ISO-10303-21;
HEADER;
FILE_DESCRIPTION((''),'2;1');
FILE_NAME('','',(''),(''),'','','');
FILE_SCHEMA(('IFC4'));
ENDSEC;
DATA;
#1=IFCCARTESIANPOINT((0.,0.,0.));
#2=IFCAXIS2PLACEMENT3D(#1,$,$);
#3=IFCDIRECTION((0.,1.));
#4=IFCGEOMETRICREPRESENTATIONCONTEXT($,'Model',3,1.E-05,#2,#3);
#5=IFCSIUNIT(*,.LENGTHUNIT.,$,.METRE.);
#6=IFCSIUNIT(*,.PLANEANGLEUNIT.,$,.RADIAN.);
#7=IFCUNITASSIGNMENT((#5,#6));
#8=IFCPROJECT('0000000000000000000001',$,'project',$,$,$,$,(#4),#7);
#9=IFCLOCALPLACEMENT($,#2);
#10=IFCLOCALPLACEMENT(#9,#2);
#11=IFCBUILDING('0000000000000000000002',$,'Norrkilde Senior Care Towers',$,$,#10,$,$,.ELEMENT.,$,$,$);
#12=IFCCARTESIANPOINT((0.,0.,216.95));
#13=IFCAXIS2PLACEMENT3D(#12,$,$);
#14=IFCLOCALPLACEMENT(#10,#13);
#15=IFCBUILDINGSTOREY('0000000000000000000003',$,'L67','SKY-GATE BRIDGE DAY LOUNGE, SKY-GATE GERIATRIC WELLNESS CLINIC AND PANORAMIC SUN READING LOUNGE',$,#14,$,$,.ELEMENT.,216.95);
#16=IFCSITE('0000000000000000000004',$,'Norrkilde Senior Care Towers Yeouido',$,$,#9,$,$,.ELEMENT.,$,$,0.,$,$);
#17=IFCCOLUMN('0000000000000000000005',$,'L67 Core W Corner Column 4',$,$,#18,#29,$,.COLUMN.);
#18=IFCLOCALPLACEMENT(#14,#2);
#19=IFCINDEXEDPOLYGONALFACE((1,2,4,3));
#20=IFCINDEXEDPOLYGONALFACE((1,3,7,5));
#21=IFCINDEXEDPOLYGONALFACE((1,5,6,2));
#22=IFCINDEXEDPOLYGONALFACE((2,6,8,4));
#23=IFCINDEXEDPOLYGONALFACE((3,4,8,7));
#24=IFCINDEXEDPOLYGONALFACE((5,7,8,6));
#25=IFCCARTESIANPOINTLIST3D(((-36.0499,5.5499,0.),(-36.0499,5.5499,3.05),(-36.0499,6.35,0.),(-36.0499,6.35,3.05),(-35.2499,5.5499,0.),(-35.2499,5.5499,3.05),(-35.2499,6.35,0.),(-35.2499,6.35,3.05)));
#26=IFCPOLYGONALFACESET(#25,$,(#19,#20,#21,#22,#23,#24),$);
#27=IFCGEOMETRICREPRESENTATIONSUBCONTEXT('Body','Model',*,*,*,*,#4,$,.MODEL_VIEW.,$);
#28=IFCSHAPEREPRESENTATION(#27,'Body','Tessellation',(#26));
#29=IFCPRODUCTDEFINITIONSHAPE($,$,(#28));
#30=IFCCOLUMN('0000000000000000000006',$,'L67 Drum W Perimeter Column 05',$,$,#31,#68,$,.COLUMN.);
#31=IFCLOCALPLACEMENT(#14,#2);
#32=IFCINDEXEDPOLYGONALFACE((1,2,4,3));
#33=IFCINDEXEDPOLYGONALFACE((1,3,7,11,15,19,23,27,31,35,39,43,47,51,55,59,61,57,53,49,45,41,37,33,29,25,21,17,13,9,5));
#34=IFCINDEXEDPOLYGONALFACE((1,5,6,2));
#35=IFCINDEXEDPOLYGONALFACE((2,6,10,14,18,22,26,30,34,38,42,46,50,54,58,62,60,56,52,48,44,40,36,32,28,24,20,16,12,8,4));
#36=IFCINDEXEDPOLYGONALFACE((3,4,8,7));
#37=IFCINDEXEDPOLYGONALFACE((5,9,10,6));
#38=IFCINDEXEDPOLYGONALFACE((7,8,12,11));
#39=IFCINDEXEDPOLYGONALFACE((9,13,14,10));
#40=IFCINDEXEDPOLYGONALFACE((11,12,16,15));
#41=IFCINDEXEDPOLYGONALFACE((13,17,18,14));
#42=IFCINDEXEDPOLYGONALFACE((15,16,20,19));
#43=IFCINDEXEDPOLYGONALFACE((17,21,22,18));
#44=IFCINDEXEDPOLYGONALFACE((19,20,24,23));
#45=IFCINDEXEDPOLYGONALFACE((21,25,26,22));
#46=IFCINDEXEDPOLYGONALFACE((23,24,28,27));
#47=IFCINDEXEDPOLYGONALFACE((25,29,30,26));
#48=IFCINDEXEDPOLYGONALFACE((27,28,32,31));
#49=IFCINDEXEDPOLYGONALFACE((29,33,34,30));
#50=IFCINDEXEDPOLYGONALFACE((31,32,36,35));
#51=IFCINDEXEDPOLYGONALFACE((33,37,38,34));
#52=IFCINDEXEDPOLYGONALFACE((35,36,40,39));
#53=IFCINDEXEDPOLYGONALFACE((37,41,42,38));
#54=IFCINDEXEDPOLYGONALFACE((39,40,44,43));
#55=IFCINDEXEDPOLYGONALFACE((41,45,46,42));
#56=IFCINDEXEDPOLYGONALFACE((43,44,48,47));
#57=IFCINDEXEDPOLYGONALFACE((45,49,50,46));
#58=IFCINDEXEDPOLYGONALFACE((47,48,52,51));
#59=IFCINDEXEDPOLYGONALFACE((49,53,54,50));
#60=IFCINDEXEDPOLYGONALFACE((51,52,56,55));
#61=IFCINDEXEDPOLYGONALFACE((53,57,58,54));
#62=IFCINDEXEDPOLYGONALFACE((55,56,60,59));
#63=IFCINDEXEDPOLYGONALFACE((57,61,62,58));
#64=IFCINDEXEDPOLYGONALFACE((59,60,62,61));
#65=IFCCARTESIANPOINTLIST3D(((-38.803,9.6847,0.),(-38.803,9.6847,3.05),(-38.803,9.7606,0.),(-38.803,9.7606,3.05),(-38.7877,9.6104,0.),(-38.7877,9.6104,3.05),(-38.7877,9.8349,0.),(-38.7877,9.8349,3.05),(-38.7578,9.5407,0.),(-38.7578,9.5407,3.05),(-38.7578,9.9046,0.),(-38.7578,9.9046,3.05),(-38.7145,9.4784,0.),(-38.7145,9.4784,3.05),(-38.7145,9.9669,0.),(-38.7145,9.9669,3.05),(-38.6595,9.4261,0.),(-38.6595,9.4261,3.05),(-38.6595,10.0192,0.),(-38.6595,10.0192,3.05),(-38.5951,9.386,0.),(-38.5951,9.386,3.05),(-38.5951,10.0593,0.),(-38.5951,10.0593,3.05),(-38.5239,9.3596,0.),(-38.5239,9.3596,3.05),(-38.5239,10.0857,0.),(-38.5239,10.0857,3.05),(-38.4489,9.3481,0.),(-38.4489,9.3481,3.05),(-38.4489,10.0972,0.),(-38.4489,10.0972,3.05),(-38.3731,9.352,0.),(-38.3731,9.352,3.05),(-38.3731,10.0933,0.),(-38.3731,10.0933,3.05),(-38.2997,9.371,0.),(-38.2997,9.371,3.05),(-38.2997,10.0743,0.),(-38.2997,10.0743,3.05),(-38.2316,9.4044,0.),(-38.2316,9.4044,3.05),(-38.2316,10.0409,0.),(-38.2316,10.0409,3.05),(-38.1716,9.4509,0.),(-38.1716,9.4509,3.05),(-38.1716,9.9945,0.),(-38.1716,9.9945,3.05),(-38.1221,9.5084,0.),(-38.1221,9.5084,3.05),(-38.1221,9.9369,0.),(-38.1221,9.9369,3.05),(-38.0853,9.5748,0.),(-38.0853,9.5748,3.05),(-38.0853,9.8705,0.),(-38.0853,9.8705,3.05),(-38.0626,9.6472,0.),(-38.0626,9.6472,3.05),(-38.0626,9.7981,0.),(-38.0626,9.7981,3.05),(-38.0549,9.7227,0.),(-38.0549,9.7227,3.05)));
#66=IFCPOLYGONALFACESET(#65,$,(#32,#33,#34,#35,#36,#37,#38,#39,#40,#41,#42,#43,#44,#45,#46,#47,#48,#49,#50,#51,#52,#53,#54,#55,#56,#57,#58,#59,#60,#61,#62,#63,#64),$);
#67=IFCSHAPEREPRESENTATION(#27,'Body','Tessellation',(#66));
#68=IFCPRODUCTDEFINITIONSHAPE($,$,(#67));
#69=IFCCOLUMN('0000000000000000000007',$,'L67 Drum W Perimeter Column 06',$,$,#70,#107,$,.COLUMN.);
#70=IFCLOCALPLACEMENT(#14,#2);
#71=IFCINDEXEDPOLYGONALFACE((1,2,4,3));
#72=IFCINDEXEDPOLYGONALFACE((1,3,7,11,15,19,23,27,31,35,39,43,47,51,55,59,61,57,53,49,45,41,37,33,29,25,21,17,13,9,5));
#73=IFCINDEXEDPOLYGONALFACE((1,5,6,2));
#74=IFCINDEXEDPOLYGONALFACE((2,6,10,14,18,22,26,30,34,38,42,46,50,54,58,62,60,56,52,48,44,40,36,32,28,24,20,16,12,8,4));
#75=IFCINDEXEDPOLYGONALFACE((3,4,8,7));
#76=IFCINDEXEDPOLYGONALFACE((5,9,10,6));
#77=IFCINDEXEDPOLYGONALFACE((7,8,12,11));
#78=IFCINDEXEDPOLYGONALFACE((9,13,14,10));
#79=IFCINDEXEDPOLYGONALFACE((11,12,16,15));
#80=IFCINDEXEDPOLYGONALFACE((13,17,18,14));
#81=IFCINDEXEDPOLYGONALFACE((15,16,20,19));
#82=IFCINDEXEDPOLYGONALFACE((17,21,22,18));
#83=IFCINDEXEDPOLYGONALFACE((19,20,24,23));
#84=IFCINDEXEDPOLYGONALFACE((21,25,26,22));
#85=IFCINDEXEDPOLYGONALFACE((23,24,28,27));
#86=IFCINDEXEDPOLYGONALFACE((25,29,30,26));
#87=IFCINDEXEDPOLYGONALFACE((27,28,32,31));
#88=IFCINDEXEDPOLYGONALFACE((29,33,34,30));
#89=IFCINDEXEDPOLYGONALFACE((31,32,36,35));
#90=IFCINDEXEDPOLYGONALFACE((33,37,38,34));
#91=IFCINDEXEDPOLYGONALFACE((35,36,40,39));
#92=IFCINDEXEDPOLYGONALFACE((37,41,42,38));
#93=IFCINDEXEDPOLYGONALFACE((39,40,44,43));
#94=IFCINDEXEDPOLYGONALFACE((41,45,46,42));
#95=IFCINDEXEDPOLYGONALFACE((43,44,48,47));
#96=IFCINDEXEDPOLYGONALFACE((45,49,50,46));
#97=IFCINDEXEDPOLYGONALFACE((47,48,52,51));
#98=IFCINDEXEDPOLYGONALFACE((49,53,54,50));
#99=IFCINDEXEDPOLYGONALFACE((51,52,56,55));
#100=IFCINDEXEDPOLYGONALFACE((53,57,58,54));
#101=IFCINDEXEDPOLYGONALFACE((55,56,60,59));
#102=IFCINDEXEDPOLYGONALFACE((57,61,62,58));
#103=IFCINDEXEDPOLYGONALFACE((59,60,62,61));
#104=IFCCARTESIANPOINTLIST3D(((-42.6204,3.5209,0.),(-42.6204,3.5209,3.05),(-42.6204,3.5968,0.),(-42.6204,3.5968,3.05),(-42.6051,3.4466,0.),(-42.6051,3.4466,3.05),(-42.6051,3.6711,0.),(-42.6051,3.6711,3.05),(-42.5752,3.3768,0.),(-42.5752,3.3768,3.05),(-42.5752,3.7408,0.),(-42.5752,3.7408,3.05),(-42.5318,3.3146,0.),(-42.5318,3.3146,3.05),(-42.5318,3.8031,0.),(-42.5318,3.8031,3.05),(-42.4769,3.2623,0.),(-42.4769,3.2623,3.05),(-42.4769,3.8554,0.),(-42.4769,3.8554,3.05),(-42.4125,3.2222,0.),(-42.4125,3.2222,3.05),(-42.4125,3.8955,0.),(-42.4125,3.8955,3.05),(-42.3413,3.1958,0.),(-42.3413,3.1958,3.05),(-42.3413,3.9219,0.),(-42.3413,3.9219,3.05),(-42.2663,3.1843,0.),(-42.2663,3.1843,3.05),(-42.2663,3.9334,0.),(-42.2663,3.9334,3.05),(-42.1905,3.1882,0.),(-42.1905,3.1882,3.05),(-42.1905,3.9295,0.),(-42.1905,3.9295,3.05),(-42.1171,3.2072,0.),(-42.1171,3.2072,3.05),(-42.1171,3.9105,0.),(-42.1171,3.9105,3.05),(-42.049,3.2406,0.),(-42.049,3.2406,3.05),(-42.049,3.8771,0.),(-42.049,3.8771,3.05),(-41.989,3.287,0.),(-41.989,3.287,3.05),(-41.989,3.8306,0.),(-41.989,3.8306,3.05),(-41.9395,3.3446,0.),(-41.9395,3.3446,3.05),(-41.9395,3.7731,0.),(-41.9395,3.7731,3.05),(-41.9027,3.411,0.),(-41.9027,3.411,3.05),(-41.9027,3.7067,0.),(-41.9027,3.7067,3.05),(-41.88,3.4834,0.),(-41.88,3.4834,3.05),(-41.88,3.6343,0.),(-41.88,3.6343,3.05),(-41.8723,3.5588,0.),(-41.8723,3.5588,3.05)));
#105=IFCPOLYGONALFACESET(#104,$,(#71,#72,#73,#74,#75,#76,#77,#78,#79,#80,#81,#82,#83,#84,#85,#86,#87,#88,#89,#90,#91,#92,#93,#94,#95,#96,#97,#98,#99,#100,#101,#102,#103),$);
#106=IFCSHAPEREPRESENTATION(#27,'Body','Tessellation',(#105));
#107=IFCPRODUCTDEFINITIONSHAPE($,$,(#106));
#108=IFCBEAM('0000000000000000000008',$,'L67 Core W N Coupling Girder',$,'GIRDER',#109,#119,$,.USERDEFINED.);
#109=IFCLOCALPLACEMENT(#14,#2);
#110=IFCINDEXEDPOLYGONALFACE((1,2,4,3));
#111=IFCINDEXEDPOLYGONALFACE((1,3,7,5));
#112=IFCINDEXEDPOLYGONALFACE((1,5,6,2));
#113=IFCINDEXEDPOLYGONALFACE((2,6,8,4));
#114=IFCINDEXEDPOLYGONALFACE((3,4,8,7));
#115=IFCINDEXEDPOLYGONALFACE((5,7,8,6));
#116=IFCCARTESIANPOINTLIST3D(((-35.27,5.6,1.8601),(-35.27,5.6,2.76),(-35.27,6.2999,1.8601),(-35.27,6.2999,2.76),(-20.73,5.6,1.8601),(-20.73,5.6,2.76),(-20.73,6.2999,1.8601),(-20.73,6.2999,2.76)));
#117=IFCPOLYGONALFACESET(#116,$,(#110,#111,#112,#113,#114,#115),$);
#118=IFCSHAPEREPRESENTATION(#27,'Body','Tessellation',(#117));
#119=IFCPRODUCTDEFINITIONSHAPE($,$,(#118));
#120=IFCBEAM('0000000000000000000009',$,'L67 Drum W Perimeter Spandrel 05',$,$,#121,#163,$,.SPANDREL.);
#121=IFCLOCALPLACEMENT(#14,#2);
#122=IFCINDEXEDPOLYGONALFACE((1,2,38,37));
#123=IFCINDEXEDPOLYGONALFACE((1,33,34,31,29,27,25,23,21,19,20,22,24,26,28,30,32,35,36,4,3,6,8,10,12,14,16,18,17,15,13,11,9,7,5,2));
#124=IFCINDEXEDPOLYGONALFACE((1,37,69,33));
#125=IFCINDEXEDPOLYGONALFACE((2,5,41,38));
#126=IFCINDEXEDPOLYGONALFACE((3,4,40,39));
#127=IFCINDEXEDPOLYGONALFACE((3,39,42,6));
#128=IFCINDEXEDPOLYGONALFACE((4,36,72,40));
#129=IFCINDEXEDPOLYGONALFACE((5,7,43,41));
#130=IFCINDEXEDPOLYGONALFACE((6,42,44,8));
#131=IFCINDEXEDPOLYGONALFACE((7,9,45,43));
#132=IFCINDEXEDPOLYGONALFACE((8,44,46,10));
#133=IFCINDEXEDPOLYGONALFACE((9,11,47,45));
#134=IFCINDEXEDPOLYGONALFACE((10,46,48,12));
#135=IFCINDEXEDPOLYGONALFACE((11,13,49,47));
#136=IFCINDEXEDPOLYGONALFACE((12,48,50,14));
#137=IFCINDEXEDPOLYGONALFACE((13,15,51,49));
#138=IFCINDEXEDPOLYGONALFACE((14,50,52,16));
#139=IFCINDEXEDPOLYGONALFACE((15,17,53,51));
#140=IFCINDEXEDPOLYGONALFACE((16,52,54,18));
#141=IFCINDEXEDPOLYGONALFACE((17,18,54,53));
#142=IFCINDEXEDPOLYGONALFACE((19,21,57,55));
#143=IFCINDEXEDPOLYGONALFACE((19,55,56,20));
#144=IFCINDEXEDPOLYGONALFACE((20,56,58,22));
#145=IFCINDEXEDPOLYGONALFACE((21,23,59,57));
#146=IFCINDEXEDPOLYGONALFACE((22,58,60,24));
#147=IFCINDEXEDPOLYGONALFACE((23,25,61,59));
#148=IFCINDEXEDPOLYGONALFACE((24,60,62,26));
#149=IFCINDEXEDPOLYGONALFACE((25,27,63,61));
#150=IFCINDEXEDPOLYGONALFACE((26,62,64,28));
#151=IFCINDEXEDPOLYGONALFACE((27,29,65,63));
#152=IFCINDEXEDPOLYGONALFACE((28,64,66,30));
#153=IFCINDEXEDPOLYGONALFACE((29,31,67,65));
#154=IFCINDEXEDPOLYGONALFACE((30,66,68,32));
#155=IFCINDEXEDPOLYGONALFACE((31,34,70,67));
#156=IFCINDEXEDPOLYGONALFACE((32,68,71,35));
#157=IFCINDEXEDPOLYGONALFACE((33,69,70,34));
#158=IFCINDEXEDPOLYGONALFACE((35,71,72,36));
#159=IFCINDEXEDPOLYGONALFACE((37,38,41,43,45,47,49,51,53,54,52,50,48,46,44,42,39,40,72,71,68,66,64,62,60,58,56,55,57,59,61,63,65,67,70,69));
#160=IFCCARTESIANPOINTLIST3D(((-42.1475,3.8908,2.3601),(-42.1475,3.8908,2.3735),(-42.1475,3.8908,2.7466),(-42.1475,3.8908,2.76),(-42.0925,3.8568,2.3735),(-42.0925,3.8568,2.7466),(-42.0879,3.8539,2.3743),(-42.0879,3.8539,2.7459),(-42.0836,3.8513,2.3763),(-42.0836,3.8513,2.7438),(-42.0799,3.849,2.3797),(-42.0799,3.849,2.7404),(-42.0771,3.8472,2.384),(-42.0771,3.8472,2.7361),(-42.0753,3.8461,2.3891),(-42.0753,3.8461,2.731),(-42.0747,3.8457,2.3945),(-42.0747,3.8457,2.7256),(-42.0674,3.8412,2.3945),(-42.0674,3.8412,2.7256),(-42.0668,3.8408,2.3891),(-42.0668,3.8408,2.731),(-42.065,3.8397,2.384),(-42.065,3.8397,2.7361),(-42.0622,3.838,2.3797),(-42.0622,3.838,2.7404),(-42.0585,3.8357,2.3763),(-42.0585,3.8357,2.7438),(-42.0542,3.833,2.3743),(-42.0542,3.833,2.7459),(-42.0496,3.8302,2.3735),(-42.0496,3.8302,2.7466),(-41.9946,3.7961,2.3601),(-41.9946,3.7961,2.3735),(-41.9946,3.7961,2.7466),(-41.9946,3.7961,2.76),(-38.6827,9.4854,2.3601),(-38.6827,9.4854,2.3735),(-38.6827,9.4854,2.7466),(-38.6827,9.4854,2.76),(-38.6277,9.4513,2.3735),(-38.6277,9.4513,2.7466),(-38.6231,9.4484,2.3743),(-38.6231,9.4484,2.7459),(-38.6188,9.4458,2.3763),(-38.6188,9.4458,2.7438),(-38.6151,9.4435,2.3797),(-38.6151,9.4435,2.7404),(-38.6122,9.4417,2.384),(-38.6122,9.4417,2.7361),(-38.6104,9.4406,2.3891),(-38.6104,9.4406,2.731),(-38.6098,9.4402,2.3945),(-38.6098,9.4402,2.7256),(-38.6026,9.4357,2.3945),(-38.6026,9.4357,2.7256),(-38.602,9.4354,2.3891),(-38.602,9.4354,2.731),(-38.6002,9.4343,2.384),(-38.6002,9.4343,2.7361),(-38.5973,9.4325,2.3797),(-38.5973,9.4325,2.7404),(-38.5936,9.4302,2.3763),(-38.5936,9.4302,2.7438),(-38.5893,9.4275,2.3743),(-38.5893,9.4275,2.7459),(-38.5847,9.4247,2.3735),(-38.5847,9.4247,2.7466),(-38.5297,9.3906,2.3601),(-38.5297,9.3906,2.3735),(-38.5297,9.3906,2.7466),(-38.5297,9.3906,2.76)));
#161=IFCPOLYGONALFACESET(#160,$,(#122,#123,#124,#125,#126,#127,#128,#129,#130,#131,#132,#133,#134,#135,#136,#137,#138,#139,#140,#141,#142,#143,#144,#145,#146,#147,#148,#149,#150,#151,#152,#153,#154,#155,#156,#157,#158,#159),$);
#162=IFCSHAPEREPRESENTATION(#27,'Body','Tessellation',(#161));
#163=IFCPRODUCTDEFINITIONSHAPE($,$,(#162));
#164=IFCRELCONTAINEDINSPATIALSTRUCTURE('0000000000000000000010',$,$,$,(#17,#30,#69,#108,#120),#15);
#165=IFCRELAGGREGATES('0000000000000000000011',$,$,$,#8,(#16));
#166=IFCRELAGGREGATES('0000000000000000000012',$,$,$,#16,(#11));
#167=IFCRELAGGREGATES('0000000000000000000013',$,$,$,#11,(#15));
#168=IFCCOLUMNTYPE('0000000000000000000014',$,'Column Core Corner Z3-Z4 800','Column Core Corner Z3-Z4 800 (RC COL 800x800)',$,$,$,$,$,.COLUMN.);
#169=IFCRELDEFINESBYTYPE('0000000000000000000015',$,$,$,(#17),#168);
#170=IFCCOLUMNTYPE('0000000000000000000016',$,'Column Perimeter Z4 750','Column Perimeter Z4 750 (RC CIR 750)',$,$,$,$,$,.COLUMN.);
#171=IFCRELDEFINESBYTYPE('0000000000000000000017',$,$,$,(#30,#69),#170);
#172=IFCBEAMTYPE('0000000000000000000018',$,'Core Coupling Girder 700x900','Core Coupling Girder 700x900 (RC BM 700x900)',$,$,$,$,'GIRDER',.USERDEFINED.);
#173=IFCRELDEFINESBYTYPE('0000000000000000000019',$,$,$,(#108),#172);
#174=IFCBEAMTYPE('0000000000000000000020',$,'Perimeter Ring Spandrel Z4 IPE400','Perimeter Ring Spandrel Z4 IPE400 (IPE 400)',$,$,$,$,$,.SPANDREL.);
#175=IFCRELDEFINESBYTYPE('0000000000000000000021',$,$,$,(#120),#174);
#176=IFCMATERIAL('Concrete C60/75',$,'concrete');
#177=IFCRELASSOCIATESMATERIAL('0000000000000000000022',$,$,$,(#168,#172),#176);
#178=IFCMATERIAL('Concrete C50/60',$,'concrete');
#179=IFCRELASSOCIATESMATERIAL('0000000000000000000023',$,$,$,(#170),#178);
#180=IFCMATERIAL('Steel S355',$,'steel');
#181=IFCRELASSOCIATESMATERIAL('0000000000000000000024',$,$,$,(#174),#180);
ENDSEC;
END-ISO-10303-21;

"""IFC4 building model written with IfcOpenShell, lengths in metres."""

from ifc_helpers import new_model, si_unit, direction, frame, origin, origin_2d, place, context, subcontext, project, spatial, rectangle, circle, i_section, extrude, source, transform, mapped, material, material_profile, profile_set, type_object, type_shapes, element, save


model = new_model("IFC4")

# Units and contexts
model_context = context("Model", 3, precision=1e-05, world=origin(), true_north=direction((0.0, 1.0)))
body_context = subcontext(model_context, "Body", "Model", "MODEL_VIEW")
ifc_project = project(units=[si_unit("LENGTHUNIT", "METRE"), si_unit("PLANEANGLEUNIT", "RADIAN")], contexts=[model_context])

# Site, building, storey
site_placement = place(None, origin())
site = spatial("IfcSite", under=ifc_project, at=site_placement, Name="Norrkilde Senior Care Towers Yeouido", CompositionType="ELEMENT", RefElevation=0.0)
building_placement = place(site_placement, origin())
building = spatial("IfcBuilding", under=site, at=building_placement, Name="Norrkilde Senior Care Towers", CompositionType="ELEMENT")
storey_placement = place(building_placement, frame((0.0, 0.0, 216.95)))
storey = spatial("IfcBuildingStorey", under=building, at=storey_placement, Name="L67", Description="SKY-GATE BRIDGE DAY LOUNGE, SKY-GATE GERIATRIC WELLNESS CLINIC AND PANORAMIC SUN READING LOUNGE", CompositionType="ELEMENT", Elevation=216.95)

# Columns
ifc_material_1 = material(Name="Concrete C60/75", Category="concrete")
ifc_material_profile_1 = material_profile(ifc_material_1, rectangle(XDim=0.8, YDim=0.8, at=origin_2d()), Name="RC COL 800x800")
ifc_profile_set_1 = profile_set([ifc_material_profile_1], Name="Concrete C60/75")
column_type_1 = type_object("IfcColumnType", Name="Column Core Corner Z3-Z4 800", Description="Column Core Corner Z3-Z4 800 (RC COL 800x800)", PredefinedType="COLUMN", material=ifc_profile_set_1)
shared_shape_1 = source(origin(), body_context, "Body", "SweptSolid", [
    extrude(rectangle(XDim=0.8, YDim=0.8, at=origin_2d()), origin(), (0.0, 0.0, 1.0), 3.05),
])
type_shapes(column_type_1, [shared_shape_1])
column_placement = place(storey_placement, frame((-35.6499, 5.95, 0.0), z_axis=(0.0, 0.0, 1.0), x_axis=(1.0, 0.0, 0.0)))
element("IfcColumn", 1, at=column_placement, inside=storey, type_object=column_type_1, Name="L67 Core W Corner Column 4", PredefinedType="COLUMN", context=body_context, shape_type="MappedRepresentation", body=[
    mapped(shared_shape_1, transform((0.0, 0.0, 0.0), x_axis=(1.0, 0.0, 0.0), y_axis=(0.0, 1.0, 0.0), z_axis=(0.0, 0.0, 1.0), scale=1.0)),
])
ifc_material_2 = material(Name="Concrete C50/60", Category="concrete")
ifc_material_profile_2 = material_profile(ifc_material_2, circle(Radius=0.375, at=origin_2d()), Name="RC CIR 750")
ifc_profile_set_2 = profile_set([ifc_material_profile_2], Name="Concrete C50/60")
column_type_2 = type_object("IfcColumnType", Name="Column Perimeter Z4 750", Description="Column Perimeter Z4 750 (RC CIR 750)", PredefinedType="COLUMN", material=ifc_profile_set_2)
shared_shape_2 = source(origin(), body_context, "Body", "SweptSolid", [
    extrude(circle(Radius=0.375, at=origin_2d()), origin(), (0.0, 0.0, 1.0), 3.05),
])
type_shapes(column_type_2, [shared_shape_2])
for number, where, z_axis, x_axis, name in (
    (2, (-38.4299, 9.7227, 0.0), (0.0, 0.0, 1.0), (1.0, 0.0, 0.0), "L67 Drum W Perimeter Column 05"),
    (3, (-42.2473, 3.5588, 0.0), (0.0, 0.0, 1.0), (1.0, 0.0, 0.0), "L67 Drum W Perimeter Column 06"),
):
    element("IfcColumn", number, at=place(storey_placement, frame(where, z_axis=z_axis, x_axis=x_axis)), inside=storey, type_object=column_type_2, Name=name, PredefinedType="COLUMN", context=body_context, shape_type="MappedRepresentation", body=[
        mapped(shared_shape_2, transform((0.0, 0.0, 0.0), x_axis=(1.0, 0.0, 0.0), y_axis=(0.0, 1.0, 0.0), z_axis=(0.0, 0.0, 1.0), scale=1.0)),
    ])

# Beams
ifc_material_profile_3 = material_profile(ifc_material_1, rectangle(XDim=0.7, YDim=0.8999, at=origin_2d()), Name="RC BM 700x900")
ifc_profile_set_3 = profile_set([ifc_material_profile_3], Name="Concrete C60/75")
beam_type_1 = type_object("IfcBeamType", Name="Core Coupling Girder 700x900", Description="Core Coupling Girder 700x900 (RC BM 700x900)", ElementType="GIRDER", PredefinedType="USERDEFINED", material=ifc_profile_set_3)
shared_shape_3 = source(origin(), body_context, "Body", "SweptSolid", [
    extrude(rectangle(XDim=0.7, YDim=0.8999, at=origin_2d()), origin(), (0.0, 0.0, 1.0), 14.54),
])
type_shapes(beam_type_1, [shared_shape_3])
beam_1_placement = place(storey_placement, frame((-35.27, 5.95, 2.3101), z_axis=(1.0, 0.0, 0.0), x_axis=(0.0, 1.0, 0.0)))
element("IfcBeam", 4, at=beam_1_placement, inside=storey, type_object=beam_type_1, Name="L67 Core W N Coupling Girder", ObjectType="GIRDER", PredefinedType="USERDEFINED", context=body_context, shape_type="MappedRepresentation", body=[
    mapped(shared_shape_3, transform((0.0, 0.0, 0.0), x_axis=(1.0, 0.0, 0.0), y_axis=(0.0, 1.0, 0.0), z_axis=(0.0, 0.0, 1.0), scale=1.0)),
])
ifc_material_3 = material(Name="Steel S355", Category="steel")
ifc_material_profile_4 = material_profile(ifc_material_3, i_section(OverallWidth=0.1799, OverallDepth=0.3999, WebThickness=0.0085, FlangeThickness=0.0134, FilletRadius=0.021, at=origin_2d()), Name="IPE 400")
ifc_profile_set_4 = profile_set([ifc_material_profile_4], Name="Steel S355")
beam_type_2 = type_object("IfcBeamType", Name="Perimeter Ring Spandrel Z4 IPE400", Description="Perimeter Ring Spandrel Z4 IPE400 (IPE 400)", PredefinedType="SPANDREL", material=ifc_profile_set_4)
shared_shape_4 = source(origin(), body_context, "Body", "SweptSolid", [
    extrude(i_section(OverallWidth=0.1799, OverallDepth=0.3999, WebThickness=0.0085, FlangeThickness=0.0134, FilletRadius=0.021, at=origin_2d()), origin(), (0.0, 0.0, 1.0), 6.5806),
])
beam_2_placement = place(storey_placement, frame((-38.6062, 9.438, 2.5601), z_axis=(-0.52653, -0.850157, 0.0), x_axis=(0.850157, -0.52653, 0.0)))
element("IfcBeam", 5, at=beam_2_placement, inside=storey, type_object=beam_type_2, Name="L67 Drum W Perimeter Spandrel 05", PredefinedType="SPANDREL", context=body_context, shape_type="MappedRepresentation", body=[
    mapped(shared_shape_4, transform((0.0, 0.0, 0.0), x_axis=(1.0, 0.0, 0.0), y_axis=(0.0, 1.0, 0.0), z_axis=(0.0, 0.0, 1.0), scale=1.0)),
])

save(model, "model.ifc")
